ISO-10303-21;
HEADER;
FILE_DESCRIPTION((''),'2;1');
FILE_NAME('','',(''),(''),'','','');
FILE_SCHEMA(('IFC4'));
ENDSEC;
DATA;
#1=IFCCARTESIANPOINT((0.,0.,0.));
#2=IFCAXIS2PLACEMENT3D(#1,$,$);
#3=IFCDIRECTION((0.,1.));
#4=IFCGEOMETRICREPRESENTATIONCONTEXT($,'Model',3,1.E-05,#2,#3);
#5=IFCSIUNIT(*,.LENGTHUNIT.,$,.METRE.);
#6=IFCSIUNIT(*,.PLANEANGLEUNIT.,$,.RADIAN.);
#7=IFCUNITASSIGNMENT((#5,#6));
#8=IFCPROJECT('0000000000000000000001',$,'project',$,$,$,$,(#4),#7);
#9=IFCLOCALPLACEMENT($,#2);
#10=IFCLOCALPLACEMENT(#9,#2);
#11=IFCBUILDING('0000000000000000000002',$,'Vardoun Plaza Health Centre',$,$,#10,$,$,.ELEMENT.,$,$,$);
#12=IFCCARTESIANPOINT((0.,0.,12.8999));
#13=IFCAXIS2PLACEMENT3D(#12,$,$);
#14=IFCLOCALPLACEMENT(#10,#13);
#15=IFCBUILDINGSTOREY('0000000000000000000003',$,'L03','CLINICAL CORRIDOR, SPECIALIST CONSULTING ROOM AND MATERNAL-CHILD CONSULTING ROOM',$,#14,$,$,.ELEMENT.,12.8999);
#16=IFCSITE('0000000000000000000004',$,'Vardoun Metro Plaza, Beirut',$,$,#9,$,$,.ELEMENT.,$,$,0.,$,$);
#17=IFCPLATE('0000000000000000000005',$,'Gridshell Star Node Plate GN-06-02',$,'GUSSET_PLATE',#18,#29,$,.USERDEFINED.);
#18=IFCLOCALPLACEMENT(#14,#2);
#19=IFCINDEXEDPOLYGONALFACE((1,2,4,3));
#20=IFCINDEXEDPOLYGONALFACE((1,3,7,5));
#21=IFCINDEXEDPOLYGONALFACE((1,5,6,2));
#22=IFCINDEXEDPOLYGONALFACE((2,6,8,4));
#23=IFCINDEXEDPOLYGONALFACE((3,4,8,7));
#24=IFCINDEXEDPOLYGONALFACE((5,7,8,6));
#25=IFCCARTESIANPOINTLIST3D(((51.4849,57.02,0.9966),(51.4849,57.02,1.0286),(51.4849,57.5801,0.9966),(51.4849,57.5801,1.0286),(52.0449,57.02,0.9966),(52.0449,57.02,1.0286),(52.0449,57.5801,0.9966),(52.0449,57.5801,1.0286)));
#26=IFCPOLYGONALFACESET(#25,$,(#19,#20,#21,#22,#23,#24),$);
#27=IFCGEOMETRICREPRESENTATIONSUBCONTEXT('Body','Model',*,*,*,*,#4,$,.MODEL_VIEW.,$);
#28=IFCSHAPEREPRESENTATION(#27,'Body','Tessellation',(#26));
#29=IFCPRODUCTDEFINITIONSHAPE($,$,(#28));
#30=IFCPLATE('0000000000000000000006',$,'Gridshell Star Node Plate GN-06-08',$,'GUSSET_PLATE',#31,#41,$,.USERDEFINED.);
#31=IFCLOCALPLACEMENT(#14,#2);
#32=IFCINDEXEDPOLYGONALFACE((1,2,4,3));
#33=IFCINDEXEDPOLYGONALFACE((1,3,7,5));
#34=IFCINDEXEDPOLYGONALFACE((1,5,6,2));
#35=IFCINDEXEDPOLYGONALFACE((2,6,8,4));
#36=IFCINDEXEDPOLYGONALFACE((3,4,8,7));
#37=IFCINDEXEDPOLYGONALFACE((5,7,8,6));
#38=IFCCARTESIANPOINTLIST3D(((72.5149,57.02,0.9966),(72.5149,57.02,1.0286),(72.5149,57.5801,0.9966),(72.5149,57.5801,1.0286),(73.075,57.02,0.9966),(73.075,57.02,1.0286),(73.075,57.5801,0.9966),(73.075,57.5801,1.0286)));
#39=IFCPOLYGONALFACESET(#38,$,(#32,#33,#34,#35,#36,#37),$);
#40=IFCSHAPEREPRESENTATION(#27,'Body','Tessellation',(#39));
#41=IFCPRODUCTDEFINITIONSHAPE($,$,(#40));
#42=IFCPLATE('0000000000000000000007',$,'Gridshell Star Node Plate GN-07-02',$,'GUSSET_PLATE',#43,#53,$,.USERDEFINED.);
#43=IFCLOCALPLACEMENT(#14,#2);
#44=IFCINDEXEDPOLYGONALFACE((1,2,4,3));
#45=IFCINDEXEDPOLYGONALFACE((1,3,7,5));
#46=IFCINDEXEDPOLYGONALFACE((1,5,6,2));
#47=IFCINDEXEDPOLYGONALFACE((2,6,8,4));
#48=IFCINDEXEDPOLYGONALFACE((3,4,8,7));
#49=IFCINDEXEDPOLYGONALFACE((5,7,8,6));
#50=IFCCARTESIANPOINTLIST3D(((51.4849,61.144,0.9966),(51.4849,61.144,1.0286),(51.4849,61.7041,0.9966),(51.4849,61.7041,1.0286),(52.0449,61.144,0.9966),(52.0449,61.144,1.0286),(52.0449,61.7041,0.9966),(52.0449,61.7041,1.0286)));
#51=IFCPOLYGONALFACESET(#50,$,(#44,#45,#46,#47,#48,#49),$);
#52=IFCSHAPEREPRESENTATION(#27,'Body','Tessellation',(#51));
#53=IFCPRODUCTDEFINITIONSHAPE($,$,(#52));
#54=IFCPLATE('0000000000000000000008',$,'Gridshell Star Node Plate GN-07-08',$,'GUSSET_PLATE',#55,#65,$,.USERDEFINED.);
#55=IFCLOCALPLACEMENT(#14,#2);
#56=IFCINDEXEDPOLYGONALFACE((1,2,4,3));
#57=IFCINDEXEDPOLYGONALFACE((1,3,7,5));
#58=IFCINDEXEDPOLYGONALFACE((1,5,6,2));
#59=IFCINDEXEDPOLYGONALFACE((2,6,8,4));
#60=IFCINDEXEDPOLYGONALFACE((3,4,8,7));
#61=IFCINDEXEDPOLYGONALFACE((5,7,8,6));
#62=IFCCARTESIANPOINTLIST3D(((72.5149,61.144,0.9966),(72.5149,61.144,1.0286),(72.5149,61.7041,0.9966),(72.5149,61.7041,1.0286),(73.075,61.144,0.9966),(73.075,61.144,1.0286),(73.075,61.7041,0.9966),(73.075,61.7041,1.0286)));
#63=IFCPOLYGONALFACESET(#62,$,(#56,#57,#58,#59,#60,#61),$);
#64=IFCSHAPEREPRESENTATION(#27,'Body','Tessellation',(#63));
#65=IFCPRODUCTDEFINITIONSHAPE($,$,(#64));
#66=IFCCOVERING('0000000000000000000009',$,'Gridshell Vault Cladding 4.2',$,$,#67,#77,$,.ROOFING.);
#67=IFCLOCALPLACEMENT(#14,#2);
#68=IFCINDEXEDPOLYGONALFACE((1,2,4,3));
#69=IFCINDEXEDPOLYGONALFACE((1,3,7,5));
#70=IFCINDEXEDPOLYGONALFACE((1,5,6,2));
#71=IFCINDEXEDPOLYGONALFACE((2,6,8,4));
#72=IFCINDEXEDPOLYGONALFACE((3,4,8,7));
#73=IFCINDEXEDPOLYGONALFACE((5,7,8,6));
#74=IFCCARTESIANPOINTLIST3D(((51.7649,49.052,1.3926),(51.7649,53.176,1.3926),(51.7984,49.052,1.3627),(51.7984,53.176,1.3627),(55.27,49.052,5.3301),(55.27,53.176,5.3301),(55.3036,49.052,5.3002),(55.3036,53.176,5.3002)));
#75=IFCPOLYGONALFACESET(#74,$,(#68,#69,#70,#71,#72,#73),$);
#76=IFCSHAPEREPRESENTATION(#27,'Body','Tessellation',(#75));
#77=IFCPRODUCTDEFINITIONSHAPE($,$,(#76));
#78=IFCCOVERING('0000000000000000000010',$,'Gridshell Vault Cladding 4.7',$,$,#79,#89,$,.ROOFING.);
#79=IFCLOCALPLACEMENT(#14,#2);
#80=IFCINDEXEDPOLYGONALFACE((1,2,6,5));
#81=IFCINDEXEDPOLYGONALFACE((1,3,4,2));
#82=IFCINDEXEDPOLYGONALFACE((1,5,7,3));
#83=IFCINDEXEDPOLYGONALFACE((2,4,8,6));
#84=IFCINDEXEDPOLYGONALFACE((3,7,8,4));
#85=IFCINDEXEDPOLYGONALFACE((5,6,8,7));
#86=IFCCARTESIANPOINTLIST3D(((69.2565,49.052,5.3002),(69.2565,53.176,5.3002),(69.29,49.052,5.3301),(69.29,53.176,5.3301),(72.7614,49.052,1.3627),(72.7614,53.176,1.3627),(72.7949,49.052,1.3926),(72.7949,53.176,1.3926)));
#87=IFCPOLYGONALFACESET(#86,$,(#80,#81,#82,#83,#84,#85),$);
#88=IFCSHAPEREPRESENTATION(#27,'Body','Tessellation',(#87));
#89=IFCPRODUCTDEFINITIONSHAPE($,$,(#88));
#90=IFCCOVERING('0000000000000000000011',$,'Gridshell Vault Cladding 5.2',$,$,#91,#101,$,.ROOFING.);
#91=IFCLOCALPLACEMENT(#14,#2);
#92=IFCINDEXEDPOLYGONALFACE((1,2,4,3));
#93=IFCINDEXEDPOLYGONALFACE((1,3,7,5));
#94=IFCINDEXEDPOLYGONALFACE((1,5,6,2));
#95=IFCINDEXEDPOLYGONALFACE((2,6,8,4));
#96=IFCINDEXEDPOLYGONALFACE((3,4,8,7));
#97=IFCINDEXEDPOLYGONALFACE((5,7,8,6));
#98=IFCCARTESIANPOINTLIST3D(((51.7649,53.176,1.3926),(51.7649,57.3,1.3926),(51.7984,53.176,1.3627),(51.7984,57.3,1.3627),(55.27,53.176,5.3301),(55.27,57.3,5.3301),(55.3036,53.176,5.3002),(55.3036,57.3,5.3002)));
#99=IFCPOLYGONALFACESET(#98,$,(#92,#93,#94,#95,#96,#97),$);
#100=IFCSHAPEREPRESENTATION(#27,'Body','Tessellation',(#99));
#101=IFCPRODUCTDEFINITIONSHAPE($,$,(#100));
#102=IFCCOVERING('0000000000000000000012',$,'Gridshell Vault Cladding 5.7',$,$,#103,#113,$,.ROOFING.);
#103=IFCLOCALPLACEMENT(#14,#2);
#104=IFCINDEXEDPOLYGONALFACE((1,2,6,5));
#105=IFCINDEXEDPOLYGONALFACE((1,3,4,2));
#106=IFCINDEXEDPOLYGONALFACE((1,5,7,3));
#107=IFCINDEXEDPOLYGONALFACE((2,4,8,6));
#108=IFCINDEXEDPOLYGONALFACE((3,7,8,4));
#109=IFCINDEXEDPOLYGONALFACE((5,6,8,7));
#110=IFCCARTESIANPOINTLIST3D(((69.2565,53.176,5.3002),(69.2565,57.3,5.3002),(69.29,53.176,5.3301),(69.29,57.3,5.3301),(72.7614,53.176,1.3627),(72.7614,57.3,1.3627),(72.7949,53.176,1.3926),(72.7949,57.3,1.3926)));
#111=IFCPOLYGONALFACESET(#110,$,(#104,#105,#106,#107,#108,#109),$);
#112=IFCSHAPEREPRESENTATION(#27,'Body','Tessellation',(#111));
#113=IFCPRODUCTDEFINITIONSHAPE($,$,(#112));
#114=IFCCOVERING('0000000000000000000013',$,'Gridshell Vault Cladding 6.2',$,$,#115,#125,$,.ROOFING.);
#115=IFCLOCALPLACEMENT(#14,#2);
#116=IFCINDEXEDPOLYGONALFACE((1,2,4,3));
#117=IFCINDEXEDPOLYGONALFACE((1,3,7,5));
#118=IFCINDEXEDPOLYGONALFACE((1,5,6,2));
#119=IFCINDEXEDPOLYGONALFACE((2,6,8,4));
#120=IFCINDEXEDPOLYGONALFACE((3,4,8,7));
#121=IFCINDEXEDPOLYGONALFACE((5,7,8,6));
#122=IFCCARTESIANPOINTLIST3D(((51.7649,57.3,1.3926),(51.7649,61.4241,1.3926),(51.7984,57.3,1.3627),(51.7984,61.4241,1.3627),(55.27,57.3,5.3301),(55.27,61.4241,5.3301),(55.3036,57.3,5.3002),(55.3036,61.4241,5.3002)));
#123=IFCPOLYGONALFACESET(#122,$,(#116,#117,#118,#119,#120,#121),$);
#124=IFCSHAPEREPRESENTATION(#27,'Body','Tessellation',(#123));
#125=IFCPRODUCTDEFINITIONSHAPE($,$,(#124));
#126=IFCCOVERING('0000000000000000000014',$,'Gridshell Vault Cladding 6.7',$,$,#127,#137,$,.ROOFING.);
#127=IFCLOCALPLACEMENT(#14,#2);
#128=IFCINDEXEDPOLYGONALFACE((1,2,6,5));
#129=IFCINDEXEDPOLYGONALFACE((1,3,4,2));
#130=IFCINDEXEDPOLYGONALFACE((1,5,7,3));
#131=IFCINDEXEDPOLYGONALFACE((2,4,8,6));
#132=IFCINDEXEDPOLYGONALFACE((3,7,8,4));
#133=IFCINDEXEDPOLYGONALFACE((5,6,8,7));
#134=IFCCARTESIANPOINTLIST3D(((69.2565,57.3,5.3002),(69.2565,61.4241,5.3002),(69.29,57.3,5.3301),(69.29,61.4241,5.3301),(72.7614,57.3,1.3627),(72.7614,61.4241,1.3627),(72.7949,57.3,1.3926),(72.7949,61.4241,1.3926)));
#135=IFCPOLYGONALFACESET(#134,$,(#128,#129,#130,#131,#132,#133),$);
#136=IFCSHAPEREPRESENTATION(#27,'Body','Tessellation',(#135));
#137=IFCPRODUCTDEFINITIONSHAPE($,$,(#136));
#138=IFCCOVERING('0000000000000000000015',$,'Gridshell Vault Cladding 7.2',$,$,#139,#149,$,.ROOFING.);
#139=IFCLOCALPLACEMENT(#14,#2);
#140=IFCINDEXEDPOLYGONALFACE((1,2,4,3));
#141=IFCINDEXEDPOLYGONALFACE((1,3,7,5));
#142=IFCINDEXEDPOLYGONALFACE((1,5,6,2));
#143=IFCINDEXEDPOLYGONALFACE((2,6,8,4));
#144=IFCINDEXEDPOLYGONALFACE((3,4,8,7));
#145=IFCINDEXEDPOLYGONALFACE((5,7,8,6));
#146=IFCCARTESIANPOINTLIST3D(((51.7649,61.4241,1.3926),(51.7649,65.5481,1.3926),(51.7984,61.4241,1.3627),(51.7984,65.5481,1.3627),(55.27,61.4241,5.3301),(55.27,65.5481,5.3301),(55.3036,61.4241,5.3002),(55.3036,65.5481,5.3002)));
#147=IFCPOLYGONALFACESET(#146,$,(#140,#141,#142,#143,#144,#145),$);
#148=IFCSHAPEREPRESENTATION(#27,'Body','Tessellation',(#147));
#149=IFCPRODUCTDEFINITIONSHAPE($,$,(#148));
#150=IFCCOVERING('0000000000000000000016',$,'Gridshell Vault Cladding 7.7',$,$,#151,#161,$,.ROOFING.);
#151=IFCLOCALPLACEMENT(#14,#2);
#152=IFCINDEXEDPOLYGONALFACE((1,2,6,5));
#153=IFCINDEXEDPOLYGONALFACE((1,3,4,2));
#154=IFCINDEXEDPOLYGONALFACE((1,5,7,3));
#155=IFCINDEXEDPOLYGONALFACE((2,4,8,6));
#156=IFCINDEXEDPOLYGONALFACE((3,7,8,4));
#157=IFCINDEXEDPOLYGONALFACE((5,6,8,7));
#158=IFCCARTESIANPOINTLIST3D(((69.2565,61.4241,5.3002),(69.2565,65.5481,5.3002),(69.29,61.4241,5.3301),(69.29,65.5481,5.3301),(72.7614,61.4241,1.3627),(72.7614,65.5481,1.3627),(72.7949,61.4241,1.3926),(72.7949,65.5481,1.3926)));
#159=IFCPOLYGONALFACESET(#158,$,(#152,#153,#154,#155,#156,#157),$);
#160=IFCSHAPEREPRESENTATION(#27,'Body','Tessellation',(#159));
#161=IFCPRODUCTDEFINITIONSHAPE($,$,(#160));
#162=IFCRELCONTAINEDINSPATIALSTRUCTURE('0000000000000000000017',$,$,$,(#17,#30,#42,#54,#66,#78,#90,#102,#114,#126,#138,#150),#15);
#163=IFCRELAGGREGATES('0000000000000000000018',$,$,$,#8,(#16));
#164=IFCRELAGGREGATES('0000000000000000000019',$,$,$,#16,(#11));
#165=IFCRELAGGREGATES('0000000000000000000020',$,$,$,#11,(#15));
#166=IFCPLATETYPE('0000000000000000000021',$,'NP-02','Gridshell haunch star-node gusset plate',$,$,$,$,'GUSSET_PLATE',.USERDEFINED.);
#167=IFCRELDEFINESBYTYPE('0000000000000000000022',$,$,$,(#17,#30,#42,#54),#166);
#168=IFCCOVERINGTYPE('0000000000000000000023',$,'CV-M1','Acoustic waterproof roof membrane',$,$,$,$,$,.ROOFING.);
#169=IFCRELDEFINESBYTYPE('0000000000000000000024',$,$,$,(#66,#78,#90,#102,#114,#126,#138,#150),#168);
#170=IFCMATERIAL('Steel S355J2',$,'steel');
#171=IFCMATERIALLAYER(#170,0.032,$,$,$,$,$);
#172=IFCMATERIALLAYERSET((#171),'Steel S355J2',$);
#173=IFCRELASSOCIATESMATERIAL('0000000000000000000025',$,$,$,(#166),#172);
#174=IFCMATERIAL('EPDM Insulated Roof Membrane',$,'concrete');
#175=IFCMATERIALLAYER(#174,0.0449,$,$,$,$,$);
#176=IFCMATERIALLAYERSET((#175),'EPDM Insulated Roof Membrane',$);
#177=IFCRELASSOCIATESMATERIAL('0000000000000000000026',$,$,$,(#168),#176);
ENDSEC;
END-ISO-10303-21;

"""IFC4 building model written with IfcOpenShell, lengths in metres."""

from ifc_helpers import new_model, si_unit, direction, frame, origin, origin_2d, place, context, subcontext, project, spatial, polyline, rectangle, outline, extrude, material, layer, layer_set, type_object, element, save


model = new_model("IFC4")

# Units and contexts
model_context = context("Model", 3, precision=1e-05, world=origin(), true_north=direction((0.0, 1.0)))
body_context = subcontext(model_context, "Body", "Model", "MODEL_VIEW")
ifc_project = project(units=[si_unit("LENGTHUNIT", "METRE"), si_unit("PLANEANGLEUNIT", "RADIAN")], contexts=[model_context])

# Site, building, storey
site_placement = place(None, origin())
site = spatial("IfcSite", under=ifc_project, at=site_placement, Name="Vardoun Metro Plaza, Beirut", CompositionType="ELEMENT", RefElevation=0.0)
building_placement = place(site_placement, origin())
building = spatial("IfcBuilding", under=site, at=building_placement, Name="Vardoun Plaza Health Centre", CompositionType="ELEMENT")
storey_placement = place(building_placement, frame((0.0, 0.0, 12.8999)))
storey = spatial("IfcBuildingStorey", under=building, at=storey_placement, Name="L03", Description="CLINICAL CORRIDOR, SPECIALIST CONSULTING ROOM AND MATERNAL-CHILD CONSULTING ROOM", CompositionType="ELEMENT", Elevation=12.8999)

# Plates
ifc_material_1 = material(Name="Steel S355J2", Category="steel")
ifc_layer_1 = layer(ifc_material_1, 0.032)
ifc_layer_set_1 = layer_set([ifc_layer_1], Name="Steel S355J2")
plate_type = type_object("IfcPlateType", Name="NP-02", Description="Gridshell haunch star-node gusset plate", ElementType="GUSSET_PLATE", PredefinedType="USERDEFINED", material=ifc_layer_set_1)
for number, where, z_axis, x_axis, name in (
    (1, (51.7649, 57.3, 0.9966), (0.0, 0.0, 1.0), (1.0, 0.0, 0.0), "Gridshell Star Node Plate GN-06-02"),
    (2, (72.7949, 57.3, 0.9966), (0.0, 0.0, 1.0), (1.0, 0.0, 0.0), "Gridshell Star Node Plate GN-06-08"),
    (3, (51.7649, 61.4241, 0.9966), (0.0, 0.0, 1.0), (1.0, 0.0, 0.0), "Gridshell Star Node Plate GN-07-02"),
    (4, (72.7949, 61.4241, 0.9966), (0.0, 0.0, 1.0), (1.0, 0.0, 0.0), "Gridshell Star Node Plate GN-07-08"),
):
    element("IfcPlate", number, at=place(storey_placement, frame(where, z_axis=z_axis, x_axis=x_axis)), inside=storey, type_object=plate_type, Name=name, ObjectType="GUSSET_PLATE", PredefinedType="USERDEFINED", context=body_context, shape_type="SweptSolid", body=[
        extrude(rectangle(XDim=0.5601, YDim=0.5601, at=origin_2d()), origin(), (0.0, 0.0, 1.0), 0.032),
    ])

# Coverings
ifc_material_2 = material(Name="EPDM Insulated Roof Membrane", Category="concrete")
ifc_layer_2 = layer(ifc_material_2, 0.0449)
ifc_layer_set_2 = layer_set([ifc_layer_2], Name="EPDM Insulated Roof Membrane")
covering_type = type_object("IfcCoveringType", Name="CV-M1", Description="Acoustic waterproof roof membrane", PredefinedType="ROOFING", material=ifc_layer_set_2)
covering_1_placement = place(storey_placement, frame((51.7649, 49.052, 1.3926), z_axis=(-0.746926, 0.0, 0.664907), x_axis=(0.664907, 0.0, 0.746926)))
element("IfcCovering", 5, at=covering_1_placement, inside=storey, type_object=covering_type, Name="Gridshell Vault Cladding 4.2", PredefinedType="ROOFING", context=body_context, shape_type="SweptSolid", body=[
    extrude(outline(polyline([(0.0, 0.0), (5.2716, 0.0), (5.2716, 4.124), (0.0, 4.124), (0.0, 0.0)])), origin(), (0.0, 0.0, -1.0), 0.0449),
])
covering_2_placement = place(storey_placement, frame((69.29, 49.052, 5.3301), z_axis=(0.746949, 0.0, 0.664881), x_axis=(0.664881, 0.0, -0.746949)))
element("IfcCovering", 6, at=covering_2_placement, inside=storey, type_object=covering_type, Name="Gridshell Vault Cladding 4.7", PredefinedType="ROOFING", context=body_context, shape_type="SweptSolid", body=[
    extrude(outline(polyline([(0.0, 0.0), (5.2714, 0.0), (5.2714, 4.124), (0.0, 4.124), (0.0, 0.0)])), origin(), (0.0, 0.0, -1.0), 0.0449),
])
covering_3_placement = place(storey_placement, frame((51.7649, 53.176, 1.3926), z_axis=(-0.746926, 0.0, 0.664907), x_axis=(0.664907, 0.0, 0.746926)))
element("IfcCovering", 7, at=covering_3_placement, inside=storey, type_object=covering_type, Name="Gridshell Vault Cladding 5.2", PredefinedType="ROOFING", context=body_context, shape_type="SweptSolid", body=[
    extrude(outline(polyline([(0.0, 0.0), (5.2716, 0.0), (5.2716, 4.124), (0.0, 4.124), (0.0, 0.0)])), origin(), (0.0, 0.0, -1.0), 0.0449),
])
covering_4_placement = place(storey_placement, frame((69.29, 53.176, 5.3301), z_axis=(0.746949, 0.0, 0.664881), x_axis=(0.664881, 0.0, -0.746949)))
element("IfcCovering", 8, at=covering_4_placement, inside=storey, type_object=covering_type, Name="Gridshell Vault Cladding 5.7", PredefinedType="ROOFING", context=body_context, shape_type="SweptSolid", body=[
    extrude(outline(polyline([(0.0, 0.0), (5.2714, 0.0), (5.2714, 4.124), (0.0, 4.124), (0.0, 0.0)])), origin(), (0.0, 0.0, -1.0), 0.0449),
])
covering_5_placement = place(storey_placement, frame((51.7649, 57.3, 1.3926), z_axis=(-0.746926, 0.0, 0.664907), x_axis=(0.664907, 0.0, 0.746926)))
element("IfcCovering", 9, at=covering_5_placement, inside=storey, type_object=covering_type, Name="Gridshell Vault Cladding 6.2", PredefinedType="ROOFING", context=body_context, shape_type="SweptSolid", body=[
    extrude(outline(polyline([(0.0, 0.0), (5.2716, 0.0), (5.2716, 4.124), (0.0, 4.124), (0.0, 0.0)])), origin(), (0.0, 0.0, -1.0), 0.0449),
])
covering_6_placement = place(storey_placement, frame((69.29, 57.3, 5.3301), z_axis=(0.746949, 0.0, 0.664881), x_axis=(0.664881, 0.0, -0.746949)))
element("IfcCovering", 10, at=covering_6_placement, inside=storey, type_object=covering_type, Name="Gridshell Vault Cladding 6.7", PredefinedType="ROOFING", context=body_context, shape_type="SweptSolid", body=[
    extrude(outline(polyline([(0.0, 0.0), (5.2714, 0.0), (5.2714, 4.124), (0.0, 4.124), (0.0, 0.0)])), origin(), (0.0, 0.0, -1.0), 0.0449),
])
covering_7_placement = place(storey_placement, frame((51.7649, 61.4241, 1.3926), z_axis=(-0.746926, 0.0, 0.664907), x_axis=(0.664907, 0.0, 0.746926)))
element("IfcCovering", 11, at=covering_7_placement, inside=storey, type_object=covering_type, Name="Gridshell Vault Cladding 7.2", PredefinedType="ROOFING", context=body_context, shape_type="SweptSolid", body=[
    extrude(outline(polyline([(0.0, 0.0), (5.2716, 0.0), (5.2716, 4.124), (0.0, 4.124), (0.0, 0.0)])), origin(), (0.0, 0.0, -1.0), 0.0449),
])
covering_8_placement = place(storey_placement, frame((69.29, 61.4241, 5.3301), z_axis=(0.746949, 0.0, 0.664881), x_axis=(0.664881, 0.0, -0.746949)))
element("IfcCovering", 12, at=covering_8_placement, inside=storey, type_object=covering_type, Name="Gridshell Vault Cladding 7.7", PredefinedType="ROOFING", context=body_context, shape_type="SweptSolid", body=[
    extrude(outline(polyline([(0.0, 0.0), (5.2714, 0.0), (5.2714, 4.124), (0.0, 4.124), (0.0, 0.0)])), origin(), (0.0, 0.0, -1.0), 0.0449),
])

save(model, "model.ifc")
